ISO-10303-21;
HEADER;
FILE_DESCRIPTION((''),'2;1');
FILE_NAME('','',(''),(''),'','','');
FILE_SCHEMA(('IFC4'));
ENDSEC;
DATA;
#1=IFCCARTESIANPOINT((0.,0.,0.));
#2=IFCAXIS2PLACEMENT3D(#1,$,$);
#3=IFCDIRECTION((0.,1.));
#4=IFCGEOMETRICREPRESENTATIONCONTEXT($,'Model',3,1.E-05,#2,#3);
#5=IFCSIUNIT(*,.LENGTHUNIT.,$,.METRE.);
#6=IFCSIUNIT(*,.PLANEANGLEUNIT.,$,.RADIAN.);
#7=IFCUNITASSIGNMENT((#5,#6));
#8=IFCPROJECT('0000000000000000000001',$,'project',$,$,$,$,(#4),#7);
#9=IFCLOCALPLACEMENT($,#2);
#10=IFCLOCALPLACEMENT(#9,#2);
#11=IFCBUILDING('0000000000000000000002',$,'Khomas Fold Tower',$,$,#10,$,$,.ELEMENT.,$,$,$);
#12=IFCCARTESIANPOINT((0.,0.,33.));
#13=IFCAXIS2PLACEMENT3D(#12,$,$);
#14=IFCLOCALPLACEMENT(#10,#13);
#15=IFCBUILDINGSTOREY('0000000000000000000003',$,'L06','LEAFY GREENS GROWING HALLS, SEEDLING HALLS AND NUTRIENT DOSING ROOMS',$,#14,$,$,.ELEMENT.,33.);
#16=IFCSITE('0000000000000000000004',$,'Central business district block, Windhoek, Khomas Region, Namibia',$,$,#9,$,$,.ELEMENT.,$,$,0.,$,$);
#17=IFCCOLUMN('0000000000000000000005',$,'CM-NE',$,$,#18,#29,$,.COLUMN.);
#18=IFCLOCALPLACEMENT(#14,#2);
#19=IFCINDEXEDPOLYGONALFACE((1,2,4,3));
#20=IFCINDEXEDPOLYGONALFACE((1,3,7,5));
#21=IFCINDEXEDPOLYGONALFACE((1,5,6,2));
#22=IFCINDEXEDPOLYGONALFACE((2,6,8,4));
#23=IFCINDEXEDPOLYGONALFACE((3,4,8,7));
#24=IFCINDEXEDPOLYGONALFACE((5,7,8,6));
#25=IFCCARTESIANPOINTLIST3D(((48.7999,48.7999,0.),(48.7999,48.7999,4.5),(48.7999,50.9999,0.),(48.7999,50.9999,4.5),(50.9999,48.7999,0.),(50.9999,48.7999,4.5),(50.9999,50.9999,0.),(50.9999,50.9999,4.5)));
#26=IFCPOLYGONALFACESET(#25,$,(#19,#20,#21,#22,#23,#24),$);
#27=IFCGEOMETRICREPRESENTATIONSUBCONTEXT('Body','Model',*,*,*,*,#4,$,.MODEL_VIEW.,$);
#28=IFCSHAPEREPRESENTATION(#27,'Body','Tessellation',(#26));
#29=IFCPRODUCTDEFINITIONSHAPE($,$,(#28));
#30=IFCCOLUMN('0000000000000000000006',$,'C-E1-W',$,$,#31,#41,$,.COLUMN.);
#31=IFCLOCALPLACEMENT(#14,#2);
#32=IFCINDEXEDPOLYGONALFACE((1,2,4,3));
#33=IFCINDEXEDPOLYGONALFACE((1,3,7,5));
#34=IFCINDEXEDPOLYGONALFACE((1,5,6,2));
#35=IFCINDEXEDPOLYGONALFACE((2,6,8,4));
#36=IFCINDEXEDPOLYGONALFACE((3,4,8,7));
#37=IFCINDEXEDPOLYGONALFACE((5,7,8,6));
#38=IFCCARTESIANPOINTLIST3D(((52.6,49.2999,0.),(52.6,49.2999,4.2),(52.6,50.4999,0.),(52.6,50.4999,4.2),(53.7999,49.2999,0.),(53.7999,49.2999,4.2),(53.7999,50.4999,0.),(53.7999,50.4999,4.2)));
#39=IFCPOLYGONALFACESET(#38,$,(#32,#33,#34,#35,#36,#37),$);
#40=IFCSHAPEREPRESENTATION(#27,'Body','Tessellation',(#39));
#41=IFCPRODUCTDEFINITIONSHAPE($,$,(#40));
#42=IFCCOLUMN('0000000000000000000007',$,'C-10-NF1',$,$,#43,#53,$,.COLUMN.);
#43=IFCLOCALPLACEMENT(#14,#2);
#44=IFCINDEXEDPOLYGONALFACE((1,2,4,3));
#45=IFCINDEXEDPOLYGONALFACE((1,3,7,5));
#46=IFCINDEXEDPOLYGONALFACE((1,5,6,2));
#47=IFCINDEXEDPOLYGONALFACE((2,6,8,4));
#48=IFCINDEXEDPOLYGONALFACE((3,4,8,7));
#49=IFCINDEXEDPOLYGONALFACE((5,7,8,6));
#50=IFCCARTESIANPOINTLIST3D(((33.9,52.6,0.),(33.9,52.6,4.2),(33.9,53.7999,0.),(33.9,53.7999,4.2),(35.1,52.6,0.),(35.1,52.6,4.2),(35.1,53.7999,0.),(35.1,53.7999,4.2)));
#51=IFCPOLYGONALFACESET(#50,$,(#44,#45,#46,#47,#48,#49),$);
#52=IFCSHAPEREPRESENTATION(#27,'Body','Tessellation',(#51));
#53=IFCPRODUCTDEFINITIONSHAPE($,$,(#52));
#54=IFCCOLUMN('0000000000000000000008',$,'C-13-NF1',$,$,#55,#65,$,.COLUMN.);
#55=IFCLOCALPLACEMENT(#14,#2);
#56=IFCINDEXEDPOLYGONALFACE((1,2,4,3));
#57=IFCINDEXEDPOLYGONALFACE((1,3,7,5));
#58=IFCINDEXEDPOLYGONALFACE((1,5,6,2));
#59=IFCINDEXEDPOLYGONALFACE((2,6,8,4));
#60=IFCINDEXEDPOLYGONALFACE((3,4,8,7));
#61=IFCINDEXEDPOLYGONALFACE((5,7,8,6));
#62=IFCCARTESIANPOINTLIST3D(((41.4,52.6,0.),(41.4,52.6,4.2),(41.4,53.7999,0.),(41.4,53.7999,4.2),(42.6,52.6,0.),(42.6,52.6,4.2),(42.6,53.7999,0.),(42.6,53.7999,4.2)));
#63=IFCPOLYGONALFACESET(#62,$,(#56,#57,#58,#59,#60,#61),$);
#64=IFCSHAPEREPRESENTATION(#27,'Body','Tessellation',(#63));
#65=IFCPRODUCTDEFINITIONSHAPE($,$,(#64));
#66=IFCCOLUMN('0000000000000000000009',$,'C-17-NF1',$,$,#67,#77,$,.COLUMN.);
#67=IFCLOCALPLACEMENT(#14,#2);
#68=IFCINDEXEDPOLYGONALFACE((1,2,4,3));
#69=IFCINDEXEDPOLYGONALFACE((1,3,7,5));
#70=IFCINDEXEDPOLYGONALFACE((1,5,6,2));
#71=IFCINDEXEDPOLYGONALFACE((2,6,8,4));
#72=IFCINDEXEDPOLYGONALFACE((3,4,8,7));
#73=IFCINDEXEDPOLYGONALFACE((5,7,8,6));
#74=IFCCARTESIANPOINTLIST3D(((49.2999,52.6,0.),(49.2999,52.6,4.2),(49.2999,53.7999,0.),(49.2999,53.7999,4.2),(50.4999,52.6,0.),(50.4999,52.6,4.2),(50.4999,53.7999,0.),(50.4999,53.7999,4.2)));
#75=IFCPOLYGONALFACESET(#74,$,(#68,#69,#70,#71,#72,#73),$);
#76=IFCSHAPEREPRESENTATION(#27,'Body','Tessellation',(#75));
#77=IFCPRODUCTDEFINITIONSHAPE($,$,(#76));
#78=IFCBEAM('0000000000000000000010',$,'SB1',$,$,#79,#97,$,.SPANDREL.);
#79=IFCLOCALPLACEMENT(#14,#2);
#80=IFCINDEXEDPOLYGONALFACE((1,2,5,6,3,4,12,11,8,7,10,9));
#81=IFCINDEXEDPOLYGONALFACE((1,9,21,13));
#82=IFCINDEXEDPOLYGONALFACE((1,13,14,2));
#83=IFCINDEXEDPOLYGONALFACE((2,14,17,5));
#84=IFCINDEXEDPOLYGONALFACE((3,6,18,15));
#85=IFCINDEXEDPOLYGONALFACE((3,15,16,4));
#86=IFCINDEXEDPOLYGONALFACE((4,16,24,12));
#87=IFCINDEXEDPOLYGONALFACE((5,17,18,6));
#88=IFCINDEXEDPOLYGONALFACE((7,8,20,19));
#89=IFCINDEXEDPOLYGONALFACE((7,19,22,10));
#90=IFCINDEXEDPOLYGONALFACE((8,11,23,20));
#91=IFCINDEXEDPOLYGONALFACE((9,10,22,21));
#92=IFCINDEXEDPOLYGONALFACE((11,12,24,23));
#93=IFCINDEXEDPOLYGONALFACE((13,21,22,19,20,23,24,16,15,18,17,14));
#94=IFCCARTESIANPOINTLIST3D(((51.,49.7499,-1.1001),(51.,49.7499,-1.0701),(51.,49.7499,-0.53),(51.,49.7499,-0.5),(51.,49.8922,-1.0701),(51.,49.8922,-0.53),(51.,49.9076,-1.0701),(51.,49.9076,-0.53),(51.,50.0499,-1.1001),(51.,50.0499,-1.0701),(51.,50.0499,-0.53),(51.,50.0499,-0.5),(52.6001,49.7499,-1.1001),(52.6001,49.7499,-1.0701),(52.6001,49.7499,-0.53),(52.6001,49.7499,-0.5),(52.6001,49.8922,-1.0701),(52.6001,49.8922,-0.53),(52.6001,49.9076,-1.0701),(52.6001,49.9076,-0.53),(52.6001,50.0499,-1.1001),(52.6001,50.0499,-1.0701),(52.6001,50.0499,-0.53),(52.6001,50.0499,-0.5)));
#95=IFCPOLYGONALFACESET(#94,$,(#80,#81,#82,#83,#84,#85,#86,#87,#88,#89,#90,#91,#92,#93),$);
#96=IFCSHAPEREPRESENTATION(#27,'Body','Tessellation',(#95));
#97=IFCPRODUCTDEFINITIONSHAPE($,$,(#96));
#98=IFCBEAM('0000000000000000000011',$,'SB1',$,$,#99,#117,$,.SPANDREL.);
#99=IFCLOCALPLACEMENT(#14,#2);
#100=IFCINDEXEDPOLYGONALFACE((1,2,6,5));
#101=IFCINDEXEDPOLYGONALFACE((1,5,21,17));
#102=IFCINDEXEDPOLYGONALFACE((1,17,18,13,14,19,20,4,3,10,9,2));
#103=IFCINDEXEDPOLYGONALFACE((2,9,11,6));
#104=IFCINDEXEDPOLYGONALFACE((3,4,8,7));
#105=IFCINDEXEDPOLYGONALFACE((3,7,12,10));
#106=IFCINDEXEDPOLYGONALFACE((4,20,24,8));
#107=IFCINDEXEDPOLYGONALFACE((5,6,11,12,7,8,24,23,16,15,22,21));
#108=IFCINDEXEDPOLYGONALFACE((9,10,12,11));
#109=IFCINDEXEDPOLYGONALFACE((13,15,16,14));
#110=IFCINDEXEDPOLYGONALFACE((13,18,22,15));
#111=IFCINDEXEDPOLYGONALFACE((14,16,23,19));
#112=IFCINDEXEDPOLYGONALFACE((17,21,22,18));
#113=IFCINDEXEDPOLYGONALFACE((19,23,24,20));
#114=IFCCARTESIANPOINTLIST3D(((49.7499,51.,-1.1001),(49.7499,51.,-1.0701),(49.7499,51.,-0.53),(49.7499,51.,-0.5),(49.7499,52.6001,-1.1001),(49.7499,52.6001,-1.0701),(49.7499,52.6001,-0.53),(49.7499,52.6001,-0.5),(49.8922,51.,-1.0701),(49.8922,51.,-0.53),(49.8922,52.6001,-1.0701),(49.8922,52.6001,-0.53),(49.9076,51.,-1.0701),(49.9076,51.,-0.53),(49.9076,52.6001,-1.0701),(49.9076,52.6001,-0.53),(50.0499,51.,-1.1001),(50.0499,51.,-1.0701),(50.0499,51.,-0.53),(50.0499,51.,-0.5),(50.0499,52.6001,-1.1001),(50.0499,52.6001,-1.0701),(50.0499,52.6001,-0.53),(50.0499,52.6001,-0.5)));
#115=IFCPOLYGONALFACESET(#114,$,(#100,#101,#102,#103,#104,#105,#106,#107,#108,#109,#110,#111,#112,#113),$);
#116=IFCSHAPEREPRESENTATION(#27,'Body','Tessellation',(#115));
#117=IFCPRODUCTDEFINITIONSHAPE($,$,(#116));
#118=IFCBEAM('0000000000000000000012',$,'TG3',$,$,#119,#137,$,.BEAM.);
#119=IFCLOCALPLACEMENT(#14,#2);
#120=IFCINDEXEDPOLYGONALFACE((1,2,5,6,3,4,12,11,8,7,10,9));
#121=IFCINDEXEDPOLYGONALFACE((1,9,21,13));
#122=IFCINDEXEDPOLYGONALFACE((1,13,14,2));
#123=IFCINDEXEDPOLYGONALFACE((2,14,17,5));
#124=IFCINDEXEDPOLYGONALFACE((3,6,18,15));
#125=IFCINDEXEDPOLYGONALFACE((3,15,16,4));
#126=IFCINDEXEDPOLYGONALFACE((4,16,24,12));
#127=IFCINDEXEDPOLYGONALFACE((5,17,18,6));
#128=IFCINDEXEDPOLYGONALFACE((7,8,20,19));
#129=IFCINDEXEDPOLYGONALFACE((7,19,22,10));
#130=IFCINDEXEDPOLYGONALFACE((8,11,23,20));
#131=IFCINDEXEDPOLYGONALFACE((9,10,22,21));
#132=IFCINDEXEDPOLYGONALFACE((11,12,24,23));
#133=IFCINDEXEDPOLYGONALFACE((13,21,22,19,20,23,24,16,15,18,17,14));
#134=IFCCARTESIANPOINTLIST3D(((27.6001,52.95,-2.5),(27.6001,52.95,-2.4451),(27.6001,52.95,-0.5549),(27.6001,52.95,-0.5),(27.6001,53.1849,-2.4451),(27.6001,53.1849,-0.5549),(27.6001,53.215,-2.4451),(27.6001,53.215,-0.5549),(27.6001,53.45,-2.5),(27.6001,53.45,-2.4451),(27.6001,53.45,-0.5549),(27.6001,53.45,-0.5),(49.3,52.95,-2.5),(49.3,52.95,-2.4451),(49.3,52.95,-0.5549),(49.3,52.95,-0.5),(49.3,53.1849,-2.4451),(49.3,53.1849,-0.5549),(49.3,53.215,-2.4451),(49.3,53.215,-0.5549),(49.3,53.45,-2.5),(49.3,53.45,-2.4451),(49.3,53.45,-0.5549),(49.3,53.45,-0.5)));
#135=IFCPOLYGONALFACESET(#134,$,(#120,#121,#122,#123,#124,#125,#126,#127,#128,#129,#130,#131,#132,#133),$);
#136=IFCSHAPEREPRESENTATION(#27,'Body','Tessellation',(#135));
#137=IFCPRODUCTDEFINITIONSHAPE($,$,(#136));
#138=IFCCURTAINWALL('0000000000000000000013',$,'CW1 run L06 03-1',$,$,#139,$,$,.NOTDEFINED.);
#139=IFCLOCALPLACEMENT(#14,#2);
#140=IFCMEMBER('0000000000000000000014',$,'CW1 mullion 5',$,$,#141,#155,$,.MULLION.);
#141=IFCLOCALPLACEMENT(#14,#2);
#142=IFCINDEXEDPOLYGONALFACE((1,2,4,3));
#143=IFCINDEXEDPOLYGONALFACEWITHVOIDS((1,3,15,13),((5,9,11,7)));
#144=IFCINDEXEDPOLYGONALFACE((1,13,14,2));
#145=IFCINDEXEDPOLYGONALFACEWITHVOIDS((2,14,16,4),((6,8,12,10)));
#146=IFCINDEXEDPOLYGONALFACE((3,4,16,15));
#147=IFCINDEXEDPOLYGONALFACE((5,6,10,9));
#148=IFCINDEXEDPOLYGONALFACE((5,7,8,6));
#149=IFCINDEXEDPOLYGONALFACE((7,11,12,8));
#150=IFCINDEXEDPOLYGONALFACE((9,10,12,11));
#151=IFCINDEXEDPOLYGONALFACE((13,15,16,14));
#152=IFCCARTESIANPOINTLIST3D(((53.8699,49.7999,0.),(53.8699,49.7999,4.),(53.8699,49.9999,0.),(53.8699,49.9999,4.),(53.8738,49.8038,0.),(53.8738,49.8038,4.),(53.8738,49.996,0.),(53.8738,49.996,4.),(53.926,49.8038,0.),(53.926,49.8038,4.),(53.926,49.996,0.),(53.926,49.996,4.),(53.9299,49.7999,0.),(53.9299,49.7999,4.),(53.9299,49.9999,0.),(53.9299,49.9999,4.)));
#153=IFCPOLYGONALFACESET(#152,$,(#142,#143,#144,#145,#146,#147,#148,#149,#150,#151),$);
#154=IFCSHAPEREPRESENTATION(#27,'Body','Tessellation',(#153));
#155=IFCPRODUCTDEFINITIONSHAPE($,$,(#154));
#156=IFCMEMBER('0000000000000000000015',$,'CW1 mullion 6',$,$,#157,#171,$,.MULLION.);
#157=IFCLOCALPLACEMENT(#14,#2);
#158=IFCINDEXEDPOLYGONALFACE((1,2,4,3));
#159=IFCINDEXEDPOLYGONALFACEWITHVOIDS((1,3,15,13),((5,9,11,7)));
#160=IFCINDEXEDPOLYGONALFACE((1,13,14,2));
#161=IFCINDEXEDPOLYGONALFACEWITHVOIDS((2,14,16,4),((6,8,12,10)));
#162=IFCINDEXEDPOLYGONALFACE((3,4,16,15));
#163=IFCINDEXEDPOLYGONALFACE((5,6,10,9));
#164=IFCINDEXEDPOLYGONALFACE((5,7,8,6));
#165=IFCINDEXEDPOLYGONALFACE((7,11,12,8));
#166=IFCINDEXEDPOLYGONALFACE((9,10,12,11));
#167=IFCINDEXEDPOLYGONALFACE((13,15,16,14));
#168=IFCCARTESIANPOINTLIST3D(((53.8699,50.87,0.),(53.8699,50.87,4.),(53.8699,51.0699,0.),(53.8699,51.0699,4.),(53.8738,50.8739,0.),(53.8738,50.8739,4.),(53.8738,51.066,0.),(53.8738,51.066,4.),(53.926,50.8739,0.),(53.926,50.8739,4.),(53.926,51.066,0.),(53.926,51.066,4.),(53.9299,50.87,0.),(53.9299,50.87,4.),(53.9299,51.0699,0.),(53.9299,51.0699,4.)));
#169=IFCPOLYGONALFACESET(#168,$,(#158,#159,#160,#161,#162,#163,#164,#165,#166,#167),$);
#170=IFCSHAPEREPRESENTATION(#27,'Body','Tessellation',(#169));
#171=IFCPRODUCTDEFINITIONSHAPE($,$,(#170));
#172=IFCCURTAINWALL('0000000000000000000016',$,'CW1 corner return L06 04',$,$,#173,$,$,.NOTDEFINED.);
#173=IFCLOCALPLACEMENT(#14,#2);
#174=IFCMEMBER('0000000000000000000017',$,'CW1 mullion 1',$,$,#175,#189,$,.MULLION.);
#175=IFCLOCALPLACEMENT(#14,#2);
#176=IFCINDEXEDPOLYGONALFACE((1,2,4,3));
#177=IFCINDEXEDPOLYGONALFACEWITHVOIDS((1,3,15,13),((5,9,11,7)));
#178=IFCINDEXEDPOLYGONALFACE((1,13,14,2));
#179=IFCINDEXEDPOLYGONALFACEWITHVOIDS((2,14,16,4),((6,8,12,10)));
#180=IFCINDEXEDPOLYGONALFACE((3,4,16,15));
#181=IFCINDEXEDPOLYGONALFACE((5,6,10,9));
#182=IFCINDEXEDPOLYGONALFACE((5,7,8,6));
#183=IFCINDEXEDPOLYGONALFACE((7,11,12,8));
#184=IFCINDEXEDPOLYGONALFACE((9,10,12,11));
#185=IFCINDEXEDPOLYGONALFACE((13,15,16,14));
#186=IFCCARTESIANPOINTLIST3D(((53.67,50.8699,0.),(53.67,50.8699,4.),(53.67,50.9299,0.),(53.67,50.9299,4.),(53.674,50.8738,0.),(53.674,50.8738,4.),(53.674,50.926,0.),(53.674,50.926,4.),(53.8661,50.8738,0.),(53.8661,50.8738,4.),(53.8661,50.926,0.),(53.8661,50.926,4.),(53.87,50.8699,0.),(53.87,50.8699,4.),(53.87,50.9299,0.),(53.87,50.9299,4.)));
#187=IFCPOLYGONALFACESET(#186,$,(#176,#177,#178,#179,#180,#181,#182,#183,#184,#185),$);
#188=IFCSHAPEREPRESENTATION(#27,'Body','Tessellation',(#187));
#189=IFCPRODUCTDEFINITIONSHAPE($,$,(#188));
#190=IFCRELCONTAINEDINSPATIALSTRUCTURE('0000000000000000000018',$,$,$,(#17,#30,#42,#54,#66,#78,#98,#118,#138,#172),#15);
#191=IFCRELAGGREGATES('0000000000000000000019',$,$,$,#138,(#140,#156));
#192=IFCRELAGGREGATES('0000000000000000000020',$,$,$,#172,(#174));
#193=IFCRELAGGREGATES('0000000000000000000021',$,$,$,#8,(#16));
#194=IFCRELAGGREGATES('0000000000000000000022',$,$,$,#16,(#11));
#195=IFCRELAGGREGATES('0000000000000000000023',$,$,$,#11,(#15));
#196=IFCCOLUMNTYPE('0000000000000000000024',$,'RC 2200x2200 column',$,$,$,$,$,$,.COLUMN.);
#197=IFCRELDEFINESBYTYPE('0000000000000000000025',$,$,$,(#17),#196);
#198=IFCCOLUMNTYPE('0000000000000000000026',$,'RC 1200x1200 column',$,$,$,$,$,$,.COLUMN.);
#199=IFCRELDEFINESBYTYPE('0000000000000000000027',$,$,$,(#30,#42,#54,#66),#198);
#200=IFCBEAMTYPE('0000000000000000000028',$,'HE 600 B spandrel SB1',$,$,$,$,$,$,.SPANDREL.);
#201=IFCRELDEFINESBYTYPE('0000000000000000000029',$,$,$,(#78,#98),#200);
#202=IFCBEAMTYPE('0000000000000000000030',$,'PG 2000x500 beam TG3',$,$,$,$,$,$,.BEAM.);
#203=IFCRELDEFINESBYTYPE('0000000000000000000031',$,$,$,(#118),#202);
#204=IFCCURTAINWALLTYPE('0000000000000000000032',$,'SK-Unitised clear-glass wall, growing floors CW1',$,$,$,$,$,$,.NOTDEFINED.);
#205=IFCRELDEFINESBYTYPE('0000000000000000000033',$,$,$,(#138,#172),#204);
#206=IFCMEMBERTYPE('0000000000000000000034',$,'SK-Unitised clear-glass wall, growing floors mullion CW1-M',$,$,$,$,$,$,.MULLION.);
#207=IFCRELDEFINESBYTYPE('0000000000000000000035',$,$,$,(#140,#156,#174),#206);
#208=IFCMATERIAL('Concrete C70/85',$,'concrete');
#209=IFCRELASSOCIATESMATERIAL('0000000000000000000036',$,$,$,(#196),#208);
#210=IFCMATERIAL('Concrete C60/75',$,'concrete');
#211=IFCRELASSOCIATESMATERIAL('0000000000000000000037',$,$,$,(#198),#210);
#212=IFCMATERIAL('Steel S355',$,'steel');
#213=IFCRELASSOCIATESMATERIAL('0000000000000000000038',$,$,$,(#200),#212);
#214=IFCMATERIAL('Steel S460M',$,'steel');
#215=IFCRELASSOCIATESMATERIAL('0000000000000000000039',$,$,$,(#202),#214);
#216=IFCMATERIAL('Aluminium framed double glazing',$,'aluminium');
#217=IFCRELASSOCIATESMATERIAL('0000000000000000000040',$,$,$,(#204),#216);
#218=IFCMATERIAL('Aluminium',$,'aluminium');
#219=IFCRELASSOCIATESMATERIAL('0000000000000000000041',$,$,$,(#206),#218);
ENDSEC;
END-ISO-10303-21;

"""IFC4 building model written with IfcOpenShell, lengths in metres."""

from ifc_helpers import new_model, si_unit, direction, frame, origin, origin_2d, place, context, subcontext, project, spatial, rectangle, hollow_rectangle, i_section, extrude, source, transform, mapped, material, material_profile, profile_set, type_object, element, aggregate, save


model = new_model("IFC4")

# Units and contexts
model_context = context("Model", 3, precision=1e-05, world=origin(), true_north=direction((0.0, 1.0)))
body_context = subcontext(model_context, "Body", "Model", "MODEL_VIEW")
ifc_project = project(units=[si_unit("LENGTHUNIT", "METRE"), si_unit("PLANEANGLEUNIT", "RADIAN")], contexts=[model_context])

# Site, building, storey
site_placement = place(None, origin())
site = spatial("IfcSite", under=ifc_project, at=site_placement, Name="Central business district block, Windhoek, Khomas Region, Namibia", CompositionType="ELEMENT", RefElevation=0.0)
building_placement = place(site_placement, origin())
building = spatial("IfcBuilding", under=site, at=building_placement, Name="Khomas Fold Tower", CompositionType="ELEMENT")
storey_placement = place(building_placement, frame((0.0, 0.0, 33.0)))
storey = spatial("IfcBuildingStorey", under=building, at=storey_placement, Name="L06", Description="LEAFY GREENS GROWING HALLS, SEEDLING HALLS AND NUTRIENT DOSING ROOMS", CompositionType="ELEMENT", Elevation=33.0)

# Columns
ifc_material_1 = material(Name="Concrete C70/85", Category="concrete")
ifc_material_profile_1 = material_profile(ifc_material_1, rectangle(XDim=2.2, YDim=2.2, at=origin_2d()), Name="RC 2200x2200")
ifc_profile_set_1 = profile_set([ifc_material_profile_1], Name="Concrete C70/85")
column_type_1 = type_object("IfcColumnType", Name="RC 2200x2200 column", PredefinedType="COLUMN", material=ifc_profile_set_1)
shared_shape_1 = source(origin(), body_context, "Body", "SweptSolid", [
    extrude(rectangle(XDim=2.2, YDim=2.2, at=origin_2d()), origin(), (0.0, 0.0, 1.0), 4.5),
])
column_placement = place(storey_placement, frame((49.8999, 49.8999, 0.0), z_axis=(0.0, 0.0, 1.0), x_axis=(1.0, 0.0, 0.0)))
element("IfcColumn", 1, at=column_placement, inside=storey, type_object=column_type_1, Name="CM-NE", PredefinedType="COLUMN", context=body_context, shape_type="MappedRepresentation", body=[
    mapped(shared_shape_1, transform((0.0, 0.0, 0.0))),
])
ifc_material_2 = material(Name="Concrete C60/75", Category="concrete")
ifc_material_profile_2 = material_profile(ifc_material_2, rectangle(XDim=1.2, YDim=1.2, at=origin_2d()), Name="RC 1200x1200")
ifc_profile_set_2 = profile_set([ifc_material_profile_2], Name="Concrete C60/75")
column_type_2 = type_object("IfcColumnType", Name="RC 1200x1200 column", PredefinedType="COLUMN", material=ifc_profile_set_2)
shared_shape_2 = source(origin(), body_context, "Body", "SweptSolid", [
    extrude(rectangle(XDim=1.2, YDim=1.2, at=origin_2d()), origin(), (0.0, 0.0, 1.0), 4.2),
])
for number, where, z_axis, x_axis, name in (
    (2, (53.2, 49.8999, 0.0), (0.0, 0.0, 1.0), (1.0, 0.0, 0.0), "C-E1-W"),
    (3, (34.5, 53.2, 0.0), (0.0, 0.0, 1.0), (1.0, 0.0, 0.0), "C-10-NF1"),
    (4, (42.0, 53.2, 0.0), (0.0, 0.0, 1.0), (1.0, 0.0, 0.0), "C-13-NF1"),
    (5, (49.8999, 53.2, 0.0), (0.0, 0.0, 1.0), (1.0, 0.0, 0.0), "C-17-NF1"),
):
    element("IfcColumn", number, at=place(storey_placement, frame(where, z_axis=z_axis, x_axis=x_axis)), inside=storey, type_object=column_type_2, Name=name, PredefinedType="COLUMN", context=body_context, shape_type="MappedRepresentation", body=[
        mapped(shared_shape_2, transform((0.0, 0.0, 0.0))),
    ])

# Beams
ifc_material_3 = material(Name="Steel S355", Category="steel")
ifc_material_profile_3 = material_profile(ifc_material_3, i_section(OverallWidth=0.3, OverallDepth=0.6001, WebThickness=0.0154, FlangeThickness=0.03, at=origin_2d()), Name="HE 600 B")
ifc_profile_set_3 = profile_set([ifc_material_profile_3], Name="Steel S355")
beam_type_1 = type_object("IfcBeamType", Name="HE 600 B spandrel SB1", PredefinedType="SPANDREL", material=ifc_profile_set_3)
shared_shape_3 = source(origin(), body_context, "Body", "SweptSolid", [
    extrude(i_section(OverallWidth=0.3, OverallDepth=0.6001, WebThickness=0.0154, FlangeThickness=0.03, at=origin_2d()), origin(), (0.0, 0.0, 1.0), 1.6001),
])
for number, where, z_axis, x_axis, name in (
    (6, (51.0, 49.8999, -0.8), (1.0, 0.0, 0.0), (0.0, 1.0, 0.0), "SB1"),
    (7, (49.8999, 51.0, -0.8), (0.0, 1.0, 0.0), (-1.0, 0.0, 0.0), "SB1"),
):
    element("IfcBeam", number, at=place(storey_placement, frame(where, z_axis=z_axis, x_axis=x_axis)), inside=storey, type_object=beam_type_1, Name=name, PredefinedType="SPANDREL", context=body_context, shape_type="MappedRepresentation", body=[
        mapped(shared_shape_3, transform((0.0, 0.0, 0.0))),
    ])
ifc_material_4 = material(Name="Steel S460M", Category="steel")
ifc_material_profile_4 = material_profile(ifc_material_4, i_section(OverallWidth=0.5, OverallDepth=2.0, WebThickness=0.03, FlangeThickness=0.0549, at=origin_2d()), Name="PG 2000x500")
ifc_profile_set_4 = profile_set([ifc_material_profile_4], Name="Steel S460M")
beam_type_2 = type_object("IfcBeamType", Name="PG 2000x500 beam TG3", PredefinedType="BEAM", material=ifc_profile_set_4)
shared_shape_4 = source(origin(), body_context, "Body", "SweptSolid", [
    extrude(i_section(OverallWidth=0.5, OverallDepth=2.0, WebThickness=0.03, FlangeThickness=0.0549, at=origin_2d()), origin(), (0.0, 0.0, 1.0), 21.7),
])
beam_placement = place(storey_placement, frame((27.6001, 53.2, -1.5), z_axis=(1.0, 0.0, 0.0), x_axis=(0.0, 1.0, 0.0)))
element("IfcBeam", 8, at=beam_placement, inside=storey, type_object=beam_type_2, Name="TG3", PredefinedType="BEAM", context=body_context, shape_type="MappedRepresentation", body=[
    mapped(shared_shape_4, transform((0.0, 0.0, 0.0))),
])

# Curtain walls, members
ifc_material_5 = material(Name="Aluminium framed double glazing", Category="aluminium")
curtain_wall_type = type_object("IfcCurtainWallType", Name="SK-Unitised clear-glass wall, growing floors CW1", PredefinedType="NOTDEFINED", material=ifc_material_5)
curtain_wall_1_placement = place(storey_placement, origin())
curtain_wall_1 = element("IfcCurtainWall", 9, at=curtain_wall_1_placement, inside=storey, type_object=curtain_wall_type, Name="CW1 run L06 03-1", PredefinedType="NOTDEFINED")
ifc_material_6 = material(Name="Aluminium", Category="aluminium")
ifc_material_profile_5 = material_profile(ifc_material_6, hollow_rectangle(XDim=0.0601, YDim=0.2, WallThickness=0.0039, at=origin_2d()), Name="SK-Unitised clear-glass wall, growing floors mullion CW1-M")
ifc_profile_set_5 = profile_set([ifc_material_profile_5], Name="Aluminium")
member_type_1 = type_object("IfcMemberType", Name="SK-Unitised clear-glass wall, growing floors mullion CW1-M", PredefinedType="MULLION", material=ifc_profile_set_5)
shared_shape_5 = source(origin(), body_context, "Body", "SweptSolid", [
    extrude(hollow_rectangle(XDim=0.0601, YDim=0.2, WallThickness=0.0039, at=origin_2d()), origin(), (0.0, 0.0, 1.0), 4.0),
])
member_1_placement = place(storey_placement, frame((53.8999, 49.8999, 0.0), z_axis=(0.0, 0.0, 1.0), x_axis=(-1.0, 0.0, 0.0)))
member_1 = element("IfcMember", 10, at=member_1_placement, type_object=member_type_1, Name="CW1 mullion 5", PredefinedType="MULLION", context=body_context, shape_type="MappedRepresentation", body=[
    mapped(shared_shape_5, transform((0.0, 0.0, 0.0))),
])
member_2_placement = place(storey_placement, frame((53.8999, 50.97, 0.0), z_axis=(0.0, 0.0, 1.0), x_axis=(-1.0, 0.0, 0.0)))
member_2 = element("IfcMember", 11, at=member_2_placement, type_object=member_type_1, Name="CW1 mullion 6", PredefinedType="MULLION", context=body_context, shape_type="MappedRepresentation", body=[
    mapped(shared_shape_5, transform((0.0, 0.0, 0.0))),
])
curtain_wall_2_placement = place(storey_placement, origin())
curtain_wall_2 = element("IfcCurtainWall", 12, at=curtain_wall_2_placement, inside=storey, type_object=curtain_wall_type, Name="CW1 corner return L06 04", PredefinedType="NOTDEFINED")
member_3_placement = place(storey_placement, frame((53.77, 50.8999, 0.0), z_axis=(0.0, 0.0, 1.0), x_axis=(0.0, -1.0, 0.0)))
member_3 = element("IfcMember", 13, at=member_3_placement, type_object=member_type_1, Name="CW1 mullion 1", PredefinedType="MULLION", context=body_context, shape_type="MappedRepresentation", body=[
    mapped(shared_shape_5, transform((0.0, 0.0, 0.0))),
])

aggregate(curtain_wall_1, [member_1, member_2])
aggregate(curtain_wall_2, [member_3])

save(model, "model.ifc")
